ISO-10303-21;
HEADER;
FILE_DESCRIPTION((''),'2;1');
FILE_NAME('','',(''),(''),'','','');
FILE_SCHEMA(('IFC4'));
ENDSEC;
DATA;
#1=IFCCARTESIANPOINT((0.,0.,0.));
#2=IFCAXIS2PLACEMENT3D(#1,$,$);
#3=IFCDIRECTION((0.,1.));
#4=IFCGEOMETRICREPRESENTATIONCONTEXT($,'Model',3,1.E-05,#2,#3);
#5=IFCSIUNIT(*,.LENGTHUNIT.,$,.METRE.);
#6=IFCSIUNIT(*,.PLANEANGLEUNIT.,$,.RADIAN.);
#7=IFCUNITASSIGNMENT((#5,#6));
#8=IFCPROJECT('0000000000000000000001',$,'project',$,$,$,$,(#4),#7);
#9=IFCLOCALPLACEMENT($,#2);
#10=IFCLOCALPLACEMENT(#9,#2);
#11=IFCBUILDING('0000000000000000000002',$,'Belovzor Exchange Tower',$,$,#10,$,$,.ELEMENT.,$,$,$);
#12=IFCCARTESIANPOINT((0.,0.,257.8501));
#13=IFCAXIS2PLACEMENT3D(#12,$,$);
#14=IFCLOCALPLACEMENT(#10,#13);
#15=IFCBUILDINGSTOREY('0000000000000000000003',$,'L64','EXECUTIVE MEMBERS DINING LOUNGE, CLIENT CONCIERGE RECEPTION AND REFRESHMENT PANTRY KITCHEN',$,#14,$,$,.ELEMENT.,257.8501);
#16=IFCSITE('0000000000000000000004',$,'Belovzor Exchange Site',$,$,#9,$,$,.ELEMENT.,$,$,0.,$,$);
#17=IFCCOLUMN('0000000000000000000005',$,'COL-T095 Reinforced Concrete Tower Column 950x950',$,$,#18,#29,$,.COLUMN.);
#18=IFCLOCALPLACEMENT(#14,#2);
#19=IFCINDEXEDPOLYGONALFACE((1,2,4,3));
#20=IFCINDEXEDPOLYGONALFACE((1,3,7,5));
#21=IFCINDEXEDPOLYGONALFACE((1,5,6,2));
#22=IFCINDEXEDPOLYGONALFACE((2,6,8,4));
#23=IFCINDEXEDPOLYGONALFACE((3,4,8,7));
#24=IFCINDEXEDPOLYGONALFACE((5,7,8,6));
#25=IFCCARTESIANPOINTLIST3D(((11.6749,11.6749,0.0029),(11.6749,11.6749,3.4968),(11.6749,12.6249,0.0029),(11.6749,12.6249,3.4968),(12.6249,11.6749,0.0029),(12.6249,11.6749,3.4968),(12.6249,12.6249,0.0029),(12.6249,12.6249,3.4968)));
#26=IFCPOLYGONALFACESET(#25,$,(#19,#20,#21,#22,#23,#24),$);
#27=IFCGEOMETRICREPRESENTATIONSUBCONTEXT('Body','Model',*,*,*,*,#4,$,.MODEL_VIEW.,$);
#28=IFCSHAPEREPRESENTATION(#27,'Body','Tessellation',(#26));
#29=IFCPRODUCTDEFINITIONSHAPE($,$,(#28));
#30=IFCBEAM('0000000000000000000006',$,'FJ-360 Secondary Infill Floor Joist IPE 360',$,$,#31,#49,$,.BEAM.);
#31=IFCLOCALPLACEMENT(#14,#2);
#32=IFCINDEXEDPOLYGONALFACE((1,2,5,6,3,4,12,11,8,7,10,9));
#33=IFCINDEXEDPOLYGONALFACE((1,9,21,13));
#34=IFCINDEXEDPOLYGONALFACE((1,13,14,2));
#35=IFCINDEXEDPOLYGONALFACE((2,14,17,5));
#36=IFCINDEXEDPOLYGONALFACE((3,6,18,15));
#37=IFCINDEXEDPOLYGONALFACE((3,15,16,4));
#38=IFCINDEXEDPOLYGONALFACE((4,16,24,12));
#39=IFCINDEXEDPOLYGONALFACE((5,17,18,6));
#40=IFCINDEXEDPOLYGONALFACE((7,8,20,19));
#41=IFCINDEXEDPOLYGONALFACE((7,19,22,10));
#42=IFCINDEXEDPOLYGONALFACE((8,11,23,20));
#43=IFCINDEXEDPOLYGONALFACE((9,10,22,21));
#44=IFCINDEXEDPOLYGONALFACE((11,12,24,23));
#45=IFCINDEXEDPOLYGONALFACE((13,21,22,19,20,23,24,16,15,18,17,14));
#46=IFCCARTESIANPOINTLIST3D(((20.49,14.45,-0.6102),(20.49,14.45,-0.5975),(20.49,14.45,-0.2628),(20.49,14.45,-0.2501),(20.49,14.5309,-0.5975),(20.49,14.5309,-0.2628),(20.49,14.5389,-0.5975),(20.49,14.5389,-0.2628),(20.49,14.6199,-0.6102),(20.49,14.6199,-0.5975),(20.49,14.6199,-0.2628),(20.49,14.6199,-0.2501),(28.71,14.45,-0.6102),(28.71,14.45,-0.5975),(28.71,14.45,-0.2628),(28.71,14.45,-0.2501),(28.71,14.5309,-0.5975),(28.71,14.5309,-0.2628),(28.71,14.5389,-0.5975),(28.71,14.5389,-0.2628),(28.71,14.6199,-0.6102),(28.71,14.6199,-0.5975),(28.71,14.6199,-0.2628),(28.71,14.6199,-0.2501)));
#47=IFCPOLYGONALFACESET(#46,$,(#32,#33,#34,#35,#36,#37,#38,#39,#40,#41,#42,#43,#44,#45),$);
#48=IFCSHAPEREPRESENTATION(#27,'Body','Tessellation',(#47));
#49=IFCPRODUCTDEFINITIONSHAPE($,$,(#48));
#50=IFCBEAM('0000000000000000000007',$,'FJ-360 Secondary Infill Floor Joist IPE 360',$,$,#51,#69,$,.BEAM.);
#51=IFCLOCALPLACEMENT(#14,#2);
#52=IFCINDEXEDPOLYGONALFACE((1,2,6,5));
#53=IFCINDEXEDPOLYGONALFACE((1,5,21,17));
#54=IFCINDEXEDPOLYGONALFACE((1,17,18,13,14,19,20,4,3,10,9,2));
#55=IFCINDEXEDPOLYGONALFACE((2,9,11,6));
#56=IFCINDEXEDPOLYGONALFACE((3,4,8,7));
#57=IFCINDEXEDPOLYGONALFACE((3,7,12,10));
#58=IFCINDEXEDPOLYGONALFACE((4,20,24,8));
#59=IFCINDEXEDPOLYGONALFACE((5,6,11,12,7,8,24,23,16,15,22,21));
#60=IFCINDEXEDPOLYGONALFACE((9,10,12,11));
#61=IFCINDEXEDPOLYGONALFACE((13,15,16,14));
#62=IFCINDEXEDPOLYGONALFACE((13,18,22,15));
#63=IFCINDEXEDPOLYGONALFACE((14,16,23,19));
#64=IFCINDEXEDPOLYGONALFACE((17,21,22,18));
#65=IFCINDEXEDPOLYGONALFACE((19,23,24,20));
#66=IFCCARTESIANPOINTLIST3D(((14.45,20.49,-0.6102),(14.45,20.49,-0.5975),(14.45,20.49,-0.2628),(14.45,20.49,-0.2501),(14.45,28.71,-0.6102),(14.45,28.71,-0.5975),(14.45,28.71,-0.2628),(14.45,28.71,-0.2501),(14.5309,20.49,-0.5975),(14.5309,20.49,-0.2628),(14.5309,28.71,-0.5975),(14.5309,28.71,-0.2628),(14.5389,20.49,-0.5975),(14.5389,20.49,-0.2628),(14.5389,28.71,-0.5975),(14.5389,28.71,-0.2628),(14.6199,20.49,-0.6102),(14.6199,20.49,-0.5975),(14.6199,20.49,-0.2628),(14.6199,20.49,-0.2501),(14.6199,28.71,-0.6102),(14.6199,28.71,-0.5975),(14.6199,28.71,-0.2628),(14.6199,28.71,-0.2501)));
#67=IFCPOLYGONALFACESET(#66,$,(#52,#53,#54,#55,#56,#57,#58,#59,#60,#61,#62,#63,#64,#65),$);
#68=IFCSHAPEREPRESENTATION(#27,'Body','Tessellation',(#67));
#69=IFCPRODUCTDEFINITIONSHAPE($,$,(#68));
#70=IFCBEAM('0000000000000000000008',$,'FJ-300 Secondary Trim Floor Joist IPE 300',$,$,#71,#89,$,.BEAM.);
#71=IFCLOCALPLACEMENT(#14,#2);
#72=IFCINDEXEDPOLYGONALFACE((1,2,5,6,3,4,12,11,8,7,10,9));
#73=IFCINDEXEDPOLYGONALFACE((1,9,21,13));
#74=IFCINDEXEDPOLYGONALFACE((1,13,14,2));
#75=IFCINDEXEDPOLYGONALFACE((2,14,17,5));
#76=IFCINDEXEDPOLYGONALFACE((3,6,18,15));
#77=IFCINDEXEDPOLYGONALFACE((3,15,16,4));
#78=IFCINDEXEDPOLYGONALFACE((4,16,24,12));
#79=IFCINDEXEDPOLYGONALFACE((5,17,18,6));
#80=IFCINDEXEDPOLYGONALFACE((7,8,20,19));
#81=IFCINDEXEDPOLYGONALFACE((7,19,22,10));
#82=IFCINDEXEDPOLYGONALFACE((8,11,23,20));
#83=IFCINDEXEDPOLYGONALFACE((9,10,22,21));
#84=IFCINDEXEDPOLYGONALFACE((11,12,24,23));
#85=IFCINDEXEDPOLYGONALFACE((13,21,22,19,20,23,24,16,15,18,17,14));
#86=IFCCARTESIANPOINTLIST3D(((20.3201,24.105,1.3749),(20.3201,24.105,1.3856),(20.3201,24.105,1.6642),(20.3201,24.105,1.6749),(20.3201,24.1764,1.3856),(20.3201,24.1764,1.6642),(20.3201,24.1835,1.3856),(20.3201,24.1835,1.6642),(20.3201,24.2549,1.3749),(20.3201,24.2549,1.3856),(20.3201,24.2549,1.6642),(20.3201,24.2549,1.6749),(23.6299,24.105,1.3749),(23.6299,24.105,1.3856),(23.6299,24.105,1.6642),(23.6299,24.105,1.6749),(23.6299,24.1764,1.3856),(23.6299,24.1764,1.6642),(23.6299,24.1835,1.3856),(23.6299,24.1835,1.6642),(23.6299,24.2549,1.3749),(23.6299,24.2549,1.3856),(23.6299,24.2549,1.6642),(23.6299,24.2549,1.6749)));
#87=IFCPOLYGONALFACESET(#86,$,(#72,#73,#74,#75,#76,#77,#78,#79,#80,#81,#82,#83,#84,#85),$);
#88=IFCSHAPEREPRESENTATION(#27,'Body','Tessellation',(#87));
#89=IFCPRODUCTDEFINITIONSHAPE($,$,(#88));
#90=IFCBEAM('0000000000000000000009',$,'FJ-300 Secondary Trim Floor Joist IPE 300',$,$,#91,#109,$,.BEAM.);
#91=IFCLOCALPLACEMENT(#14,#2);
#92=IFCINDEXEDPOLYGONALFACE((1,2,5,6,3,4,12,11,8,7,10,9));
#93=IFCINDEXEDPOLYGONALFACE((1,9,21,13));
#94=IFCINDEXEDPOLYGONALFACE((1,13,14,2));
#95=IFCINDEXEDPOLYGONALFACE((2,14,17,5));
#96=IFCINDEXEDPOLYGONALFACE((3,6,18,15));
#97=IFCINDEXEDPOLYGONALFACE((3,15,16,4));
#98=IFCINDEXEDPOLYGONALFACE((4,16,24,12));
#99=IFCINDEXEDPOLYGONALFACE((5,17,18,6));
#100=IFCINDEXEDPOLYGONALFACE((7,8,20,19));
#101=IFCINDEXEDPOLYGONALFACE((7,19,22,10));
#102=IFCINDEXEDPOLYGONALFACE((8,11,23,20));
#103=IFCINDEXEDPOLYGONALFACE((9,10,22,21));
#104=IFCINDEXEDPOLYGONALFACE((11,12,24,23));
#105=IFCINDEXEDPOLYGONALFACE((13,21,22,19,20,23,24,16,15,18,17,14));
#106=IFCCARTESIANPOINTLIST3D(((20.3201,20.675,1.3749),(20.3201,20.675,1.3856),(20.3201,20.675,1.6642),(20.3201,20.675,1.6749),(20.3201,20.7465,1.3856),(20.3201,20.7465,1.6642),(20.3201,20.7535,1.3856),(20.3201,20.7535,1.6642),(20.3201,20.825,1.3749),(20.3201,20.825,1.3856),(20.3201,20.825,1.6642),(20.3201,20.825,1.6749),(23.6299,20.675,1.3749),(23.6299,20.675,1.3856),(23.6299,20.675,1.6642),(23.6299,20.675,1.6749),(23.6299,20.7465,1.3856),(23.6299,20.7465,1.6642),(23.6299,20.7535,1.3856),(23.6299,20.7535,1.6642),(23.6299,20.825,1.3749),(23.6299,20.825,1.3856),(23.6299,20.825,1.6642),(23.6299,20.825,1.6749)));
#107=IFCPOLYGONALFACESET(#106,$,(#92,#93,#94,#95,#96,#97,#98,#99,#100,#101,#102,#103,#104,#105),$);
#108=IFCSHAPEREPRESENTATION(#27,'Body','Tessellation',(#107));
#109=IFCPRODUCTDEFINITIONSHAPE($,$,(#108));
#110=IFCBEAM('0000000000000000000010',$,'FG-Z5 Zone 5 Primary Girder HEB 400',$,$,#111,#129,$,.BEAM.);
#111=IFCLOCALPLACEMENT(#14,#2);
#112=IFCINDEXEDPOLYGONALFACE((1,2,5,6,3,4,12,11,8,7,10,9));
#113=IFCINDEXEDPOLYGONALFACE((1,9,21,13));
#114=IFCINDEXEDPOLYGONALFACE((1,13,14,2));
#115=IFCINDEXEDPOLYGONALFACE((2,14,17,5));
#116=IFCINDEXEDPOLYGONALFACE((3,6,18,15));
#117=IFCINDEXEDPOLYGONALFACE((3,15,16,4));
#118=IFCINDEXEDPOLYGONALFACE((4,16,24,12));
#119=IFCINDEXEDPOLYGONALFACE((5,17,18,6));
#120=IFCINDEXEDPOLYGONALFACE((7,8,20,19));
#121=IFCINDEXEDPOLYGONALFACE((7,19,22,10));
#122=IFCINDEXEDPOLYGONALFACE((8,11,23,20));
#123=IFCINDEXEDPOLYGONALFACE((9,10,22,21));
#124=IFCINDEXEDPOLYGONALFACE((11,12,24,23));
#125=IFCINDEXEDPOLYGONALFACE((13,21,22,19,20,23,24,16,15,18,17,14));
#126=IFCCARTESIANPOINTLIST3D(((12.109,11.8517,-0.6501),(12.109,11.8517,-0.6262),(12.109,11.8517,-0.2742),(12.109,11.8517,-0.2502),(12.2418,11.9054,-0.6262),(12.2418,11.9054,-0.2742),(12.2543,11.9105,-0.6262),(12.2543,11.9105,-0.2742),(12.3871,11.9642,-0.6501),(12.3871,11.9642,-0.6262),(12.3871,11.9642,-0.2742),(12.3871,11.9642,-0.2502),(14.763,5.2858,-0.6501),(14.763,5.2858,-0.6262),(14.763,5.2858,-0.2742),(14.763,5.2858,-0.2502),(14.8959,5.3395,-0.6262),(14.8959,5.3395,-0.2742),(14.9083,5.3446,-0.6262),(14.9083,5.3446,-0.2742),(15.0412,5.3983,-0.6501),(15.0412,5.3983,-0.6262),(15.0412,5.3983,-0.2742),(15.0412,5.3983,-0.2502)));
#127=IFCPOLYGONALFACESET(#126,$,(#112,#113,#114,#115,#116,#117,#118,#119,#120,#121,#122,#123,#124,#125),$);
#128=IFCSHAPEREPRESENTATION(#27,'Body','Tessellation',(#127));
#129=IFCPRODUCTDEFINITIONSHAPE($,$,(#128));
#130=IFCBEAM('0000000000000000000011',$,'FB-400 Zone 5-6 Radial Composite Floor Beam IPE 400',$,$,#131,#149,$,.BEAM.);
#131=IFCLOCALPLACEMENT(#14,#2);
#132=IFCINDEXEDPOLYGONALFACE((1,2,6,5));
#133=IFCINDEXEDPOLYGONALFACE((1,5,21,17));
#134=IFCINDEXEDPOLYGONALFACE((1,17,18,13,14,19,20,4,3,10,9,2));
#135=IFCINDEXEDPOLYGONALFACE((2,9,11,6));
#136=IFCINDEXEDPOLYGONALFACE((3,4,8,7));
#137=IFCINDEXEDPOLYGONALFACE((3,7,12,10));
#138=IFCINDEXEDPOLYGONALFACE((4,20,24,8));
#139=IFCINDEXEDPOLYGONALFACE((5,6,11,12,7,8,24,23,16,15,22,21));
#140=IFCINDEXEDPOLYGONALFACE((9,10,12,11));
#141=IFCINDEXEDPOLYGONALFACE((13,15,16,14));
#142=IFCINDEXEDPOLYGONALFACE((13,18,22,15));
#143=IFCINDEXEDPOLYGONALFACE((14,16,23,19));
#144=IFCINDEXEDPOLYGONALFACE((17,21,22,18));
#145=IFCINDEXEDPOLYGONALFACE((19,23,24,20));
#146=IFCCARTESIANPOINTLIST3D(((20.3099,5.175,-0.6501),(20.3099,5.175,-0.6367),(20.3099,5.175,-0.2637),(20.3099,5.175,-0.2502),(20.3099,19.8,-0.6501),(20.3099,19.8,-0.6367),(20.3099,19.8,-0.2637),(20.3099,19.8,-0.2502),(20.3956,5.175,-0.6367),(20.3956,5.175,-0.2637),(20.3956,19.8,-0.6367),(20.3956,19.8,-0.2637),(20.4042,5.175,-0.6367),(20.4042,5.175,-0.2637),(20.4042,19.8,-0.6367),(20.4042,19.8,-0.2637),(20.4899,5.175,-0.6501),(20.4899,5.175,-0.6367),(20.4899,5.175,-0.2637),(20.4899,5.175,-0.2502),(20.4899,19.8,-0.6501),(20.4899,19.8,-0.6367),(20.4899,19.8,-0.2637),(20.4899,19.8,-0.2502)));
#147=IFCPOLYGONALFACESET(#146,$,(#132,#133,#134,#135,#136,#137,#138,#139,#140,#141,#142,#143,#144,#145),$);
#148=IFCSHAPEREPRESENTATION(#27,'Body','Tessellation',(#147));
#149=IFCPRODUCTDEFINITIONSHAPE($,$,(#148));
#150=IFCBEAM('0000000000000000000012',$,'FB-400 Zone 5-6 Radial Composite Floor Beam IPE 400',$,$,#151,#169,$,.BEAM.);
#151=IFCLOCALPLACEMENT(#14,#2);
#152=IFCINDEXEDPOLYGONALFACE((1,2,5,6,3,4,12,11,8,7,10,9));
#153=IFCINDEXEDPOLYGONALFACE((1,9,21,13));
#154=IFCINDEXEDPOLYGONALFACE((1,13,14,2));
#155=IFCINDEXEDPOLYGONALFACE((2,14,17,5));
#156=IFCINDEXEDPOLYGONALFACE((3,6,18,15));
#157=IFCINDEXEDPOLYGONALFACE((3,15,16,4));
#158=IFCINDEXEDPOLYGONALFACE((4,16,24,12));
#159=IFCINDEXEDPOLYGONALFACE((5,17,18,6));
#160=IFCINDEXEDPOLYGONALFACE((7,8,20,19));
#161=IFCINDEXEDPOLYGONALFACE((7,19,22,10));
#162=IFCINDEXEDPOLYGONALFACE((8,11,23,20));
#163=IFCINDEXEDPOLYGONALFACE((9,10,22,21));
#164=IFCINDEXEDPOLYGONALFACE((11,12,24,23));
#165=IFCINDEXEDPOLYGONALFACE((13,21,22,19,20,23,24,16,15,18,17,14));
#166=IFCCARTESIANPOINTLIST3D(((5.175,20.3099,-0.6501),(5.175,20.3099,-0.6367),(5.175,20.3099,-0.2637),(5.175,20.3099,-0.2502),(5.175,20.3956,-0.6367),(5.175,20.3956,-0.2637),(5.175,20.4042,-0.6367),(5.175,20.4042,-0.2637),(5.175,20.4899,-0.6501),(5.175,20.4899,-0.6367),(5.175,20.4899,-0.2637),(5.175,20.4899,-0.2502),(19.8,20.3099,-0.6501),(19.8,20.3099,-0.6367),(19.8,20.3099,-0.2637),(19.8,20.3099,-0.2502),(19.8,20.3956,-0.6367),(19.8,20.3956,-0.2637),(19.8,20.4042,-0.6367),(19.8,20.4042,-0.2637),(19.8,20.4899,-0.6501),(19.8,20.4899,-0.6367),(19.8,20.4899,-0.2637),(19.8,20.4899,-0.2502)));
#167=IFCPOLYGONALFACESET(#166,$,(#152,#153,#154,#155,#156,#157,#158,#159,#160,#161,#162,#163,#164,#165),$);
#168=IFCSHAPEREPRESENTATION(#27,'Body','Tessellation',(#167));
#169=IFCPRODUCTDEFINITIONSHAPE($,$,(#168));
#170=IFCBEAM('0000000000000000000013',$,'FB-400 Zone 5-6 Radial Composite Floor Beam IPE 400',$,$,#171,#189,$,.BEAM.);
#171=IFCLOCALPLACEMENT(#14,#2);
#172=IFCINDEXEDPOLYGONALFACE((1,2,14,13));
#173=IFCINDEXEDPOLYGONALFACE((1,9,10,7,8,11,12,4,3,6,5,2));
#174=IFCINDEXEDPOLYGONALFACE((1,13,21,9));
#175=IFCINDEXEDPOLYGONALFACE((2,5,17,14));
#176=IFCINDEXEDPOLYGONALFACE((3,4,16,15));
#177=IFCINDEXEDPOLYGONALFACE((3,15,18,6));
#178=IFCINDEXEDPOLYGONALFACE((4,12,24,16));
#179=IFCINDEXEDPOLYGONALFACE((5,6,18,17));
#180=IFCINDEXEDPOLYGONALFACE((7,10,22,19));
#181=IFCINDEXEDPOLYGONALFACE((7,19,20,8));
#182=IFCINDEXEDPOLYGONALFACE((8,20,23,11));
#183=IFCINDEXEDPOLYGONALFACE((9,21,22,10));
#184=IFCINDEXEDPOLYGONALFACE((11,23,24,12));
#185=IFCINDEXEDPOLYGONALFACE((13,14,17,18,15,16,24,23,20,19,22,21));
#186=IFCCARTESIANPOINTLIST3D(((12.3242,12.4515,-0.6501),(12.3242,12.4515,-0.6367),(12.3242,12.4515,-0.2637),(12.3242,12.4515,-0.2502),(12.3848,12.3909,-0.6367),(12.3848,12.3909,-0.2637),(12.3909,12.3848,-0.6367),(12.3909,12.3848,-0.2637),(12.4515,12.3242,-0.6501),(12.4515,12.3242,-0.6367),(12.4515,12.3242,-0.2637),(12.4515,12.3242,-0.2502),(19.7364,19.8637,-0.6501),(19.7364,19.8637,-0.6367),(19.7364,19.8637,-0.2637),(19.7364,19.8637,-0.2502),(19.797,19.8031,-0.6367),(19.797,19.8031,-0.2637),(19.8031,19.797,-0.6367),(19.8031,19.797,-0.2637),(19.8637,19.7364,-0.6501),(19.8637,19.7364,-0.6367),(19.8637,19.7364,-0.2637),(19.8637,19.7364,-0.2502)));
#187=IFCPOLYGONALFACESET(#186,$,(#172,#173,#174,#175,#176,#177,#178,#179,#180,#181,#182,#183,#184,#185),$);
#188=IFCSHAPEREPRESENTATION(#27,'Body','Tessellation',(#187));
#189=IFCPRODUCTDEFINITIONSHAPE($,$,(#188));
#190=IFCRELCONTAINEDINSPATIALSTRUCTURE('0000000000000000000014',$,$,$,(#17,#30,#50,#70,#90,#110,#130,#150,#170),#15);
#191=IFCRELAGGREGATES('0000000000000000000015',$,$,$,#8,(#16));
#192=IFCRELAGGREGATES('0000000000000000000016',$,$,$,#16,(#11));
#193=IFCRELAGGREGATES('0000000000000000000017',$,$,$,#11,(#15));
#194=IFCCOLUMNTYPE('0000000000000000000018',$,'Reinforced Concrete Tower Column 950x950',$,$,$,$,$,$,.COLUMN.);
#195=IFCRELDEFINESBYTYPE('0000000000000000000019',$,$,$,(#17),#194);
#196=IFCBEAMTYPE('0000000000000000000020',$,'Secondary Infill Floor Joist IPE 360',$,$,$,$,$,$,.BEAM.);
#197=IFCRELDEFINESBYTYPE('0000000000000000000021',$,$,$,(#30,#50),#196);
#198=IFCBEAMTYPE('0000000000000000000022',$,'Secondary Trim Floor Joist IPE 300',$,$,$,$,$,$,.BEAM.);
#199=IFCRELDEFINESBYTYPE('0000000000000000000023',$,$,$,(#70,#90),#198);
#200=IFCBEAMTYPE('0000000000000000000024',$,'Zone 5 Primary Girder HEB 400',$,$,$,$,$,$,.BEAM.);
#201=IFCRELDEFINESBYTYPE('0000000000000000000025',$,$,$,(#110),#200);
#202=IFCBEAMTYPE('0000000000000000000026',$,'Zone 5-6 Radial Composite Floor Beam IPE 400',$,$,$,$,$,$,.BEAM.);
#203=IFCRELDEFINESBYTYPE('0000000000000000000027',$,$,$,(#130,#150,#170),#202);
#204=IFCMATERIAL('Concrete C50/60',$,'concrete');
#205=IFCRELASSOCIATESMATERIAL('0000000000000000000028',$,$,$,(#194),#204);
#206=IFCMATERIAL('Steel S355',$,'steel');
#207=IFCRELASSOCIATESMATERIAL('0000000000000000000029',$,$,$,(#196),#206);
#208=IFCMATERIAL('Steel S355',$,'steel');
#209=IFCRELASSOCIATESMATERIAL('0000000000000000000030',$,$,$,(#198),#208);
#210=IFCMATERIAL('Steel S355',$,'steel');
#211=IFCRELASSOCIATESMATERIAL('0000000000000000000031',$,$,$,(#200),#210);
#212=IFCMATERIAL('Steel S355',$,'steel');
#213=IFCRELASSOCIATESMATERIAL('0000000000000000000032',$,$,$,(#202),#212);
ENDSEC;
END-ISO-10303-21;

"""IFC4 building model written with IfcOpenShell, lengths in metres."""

from ifc_helpers import new_model, si_unit, direction, frame, origin, origin_2d, place, context, subcontext, project, spatial, rectangle, i_section, extrude, material, material_profile, profile_set, type_object, element, save


model = new_model("IFC4")

# Units and contexts
model_context = context("Model", 3, precision=1e-05, world=origin(), true_north=direction((0.0, 1.0)))
body_context = subcontext(model_context, "Body", "Model", "MODEL_VIEW")
ifc_project = project(units=[si_unit("LENGTHUNIT", "METRE"), si_unit("PLANEANGLEUNIT", "RADIAN")], contexts=[model_context])

# Site, building, storey
site_placement = place(None, origin())
site = spatial("IfcSite", under=ifc_project, at=site_placement, Name="Belovzor Exchange Site", CompositionType="ELEMENT", RefElevation=0.0)
building_placement = place(site_placement, origin())
building = spatial("IfcBuilding", under=site, at=building_placement, Name="Belovzor Exchange Tower", CompositionType="ELEMENT")
storey_placement = place(building_placement, frame((0.0, 0.0, 257.8501)))
storey = spatial("IfcBuildingStorey", under=building, at=storey_placement, Name="L64", Description="EXECUTIVE MEMBERS DINING LOUNGE, CLIENT CONCIERGE RECEPTION AND REFRESHMENT PANTRY KITCHEN", CompositionType="ELEMENT", Elevation=257.8501)

# Column
ifc_material_1 = material(Name="Concrete C50/60", Category="concrete")
ifc_material_profile_1 = material_profile(ifc_material_1, rectangle(XDim=0.95, YDim=0.95, at=origin_2d()))
ifc_profile_set_1 = profile_set([ifc_material_profile_1], Name="Concrete C50/60")
column_type = type_object("IfcColumnType", Name="Reinforced Concrete Tower Column 950x950", PredefinedType="COLUMN", material=ifc_profile_set_1)
column_placement = place(storey_placement, frame((12.1499, 12.1499, 0.0029), z_axis=(0.0, 0.0, 1.0), x_axis=(1.0, 0.0, 0.0)))
element("IfcColumn", 1, at=column_placement, inside=storey, type_object=column_type, Name="COL-T095 Reinforced Concrete Tower Column 950x950", PredefinedType="COLUMN", context=body_context, shape_type="SweptSolid", body=[
    extrude(rectangle(XDim=0.95, YDim=0.95, at=origin_2d()), origin(), (0.0, 0.0, 1.0), 3.4939),
])

# Beams
ifc_material_2 = material(Name="Steel S355", Category="steel")
ifc_material_profile_2 = material_profile(ifc_material_2, i_section(OverallWidth=0.1699, OverallDepth=0.3601, WebThickness=0.0081, FlangeThickness=0.0127, at=origin_2d()))
ifc_profile_set_2 = profile_set([ifc_material_profile_2], Name="Steel S355")
beam_type_1 = type_object("IfcBeamType", Name="Secondary Infill Floor Joist IPE 360", PredefinedType="BEAM", material=ifc_profile_set_2)
for number, where, z_axis, x_axis, name in (
    (2, (20.49, 14.5349, -0.4302), (1.0, 0.0, 0.0), (0.0, 1.0, 0.0), "FJ-360 Secondary Infill Floor Joist IPE 360"),
    (3, (14.5349, 20.49, -0.4302), (0.0, 1.0, 0.0), (-1.0, 0.0, 0.0), "FJ-360 Secondary Infill Floor Joist IPE 360"),
):
    element("IfcBeam", number, at=place(storey_placement, frame(where, z_axis=z_axis, x_axis=x_axis)), inside=storey, type_object=beam_type_1, Name=name, PredefinedType="BEAM", context=body_context, shape_type="SweptSolid", body=[
        extrude(i_section(OverallWidth=0.1699, OverallDepth=0.3601, WebThickness=0.0081, FlangeThickness=0.0127, at=origin_2d()), origin(), (0.0, 0.0, 1.0), 8.22),
    ])
ifc_material_3 = material(Name="Steel S355", Category="steel")
ifc_material_profile_3 = material_profile(ifc_material_3, i_section(OverallWidth=0.1499, OverallDepth=0.3, WebThickness=0.0071, FlangeThickness=0.0107, at=origin_2d()))
ifc_profile_set_3 = profile_set([ifc_material_profile_3], Name="Steel S355")
beam_type_2 = type_object("IfcBeamType", Name="Secondary Trim Floor Joist IPE 300", PredefinedType="BEAM", material=ifc_profile_set_3)
for number, where, z_axis, x_axis, name in (
    (4, (20.3201, 24.1799, 1.5249), (1.0, 0.0, 0.0), (0.0, 1.0, 0.0), "FJ-300 Secondary Trim Floor Joist IPE 300"),
    (5, (20.3201, 20.75, 1.5249), (1.0, 0.0, 0.0), (0.0, 1.0, 0.0), "FJ-300 Secondary Trim Floor Joist IPE 300"),
):
    element("IfcBeam", number, at=place(storey_placement, frame(where, z_axis=z_axis, x_axis=x_axis)), inside=storey, type_object=beam_type_2, Name=name, PredefinedType="BEAM", context=body_context, shape_type="SweptSolid", body=[
        extrude(i_section(OverallWidth=0.1499, OverallDepth=0.3, WebThickness=0.0071, FlangeThickness=0.0107, at=origin_2d()), origin(), (0.0, 0.0, 1.0), 3.3098),
    ])
ifc_material_4 = material(Name="Steel S355", Category="steel")
ifc_material_profile_4 = material_profile(ifc_material_4, i_section(OverallWidth=0.3, OverallDepth=0.3999, WebThickness=0.0134, FlangeThickness=0.0239, at=origin_2d()))
ifc_profile_set_4 = profile_set([ifc_material_profile_4], Name="Steel S355")
beam_type_3 = type_object("IfcBeamType", Name="Zone 5 Primary Girder HEB 400", PredefinedType="BEAM", material=ifc_profile_set_4)
beam_1_placement = place(storey_placement, frame((12.248, 11.908, -0.4502), z_axis=(0.374758, -0.927123, 0.0), x_axis=(0.927123, 0.374758, 0.0)))
element("IfcBeam", 6, at=beam_1_placement, inside=storey, type_object=beam_type_3, Name="FG-Z5 Zone 5 Primary Girder HEB 400", PredefinedType="BEAM", context=body_context, shape_type="SweptSolid", body=[
    extrude(i_section(OverallWidth=0.3, OverallDepth=0.3999, WebThickness=0.0134, FlangeThickness=0.0239, at=origin_2d()), origin(), (0.0, 0.0, 1.0), 7.082),
])
ifc_material_5 = material(Name="Steel S355", Category="steel")
ifc_material_profile_5 = material_profile(ifc_material_5, i_section(OverallWidth=0.1799, OverallDepth=0.3999, WebThickness=0.0085, FlangeThickness=0.0134, at=origin_2d()))
ifc_profile_set_5 = profile_set([ifc_material_profile_5], Name="Steel S355")
beam_type_4 = type_object("IfcBeamType", Name="Zone 5-6 Radial Composite Floor Beam IPE 400", PredefinedType="BEAM", material=ifc_profile_set_5)
for number, where, z_axis, x_axis, name in (
    (7, (20.3999, 19.8, -0.4502), (0.0, -1.0, 0.0), (1.0, 0.0, 0.0), "FB-400 Zone 5-6 Radial Composite Floor Beam IPE 400"),
    (8, (19.8, 20.3999, -0.4502), (-1.0, 0.0, 0.0), (0.0, -1.0, 0.0), "FB-400 Zone 5-6 Radial Composite Floor Beam IPE 400"),
):
    element("IfcBeam", number, at=place(storey_placement, frame(where, z_axis=z_axis, x_axis=x_axis)), inside=storey, type_object=beam_type_4, Name=name, PredefinedType="BEAM", context=body_context, shape_type="SweptSolid", body=[
        extrude(i_section(OverallWidth=0.1799, OverallDepth=0.3999, WebThickness=0.0085, FlangeThickness=0.0134, at=origin_2d()), origin(), (0.0, 0.0, 1.0), 14.625),
    ])
beam_2_placement = place(storey_placement, frame((19.8, 19.8, -0.4502), z_axis=(-0.707107, -0.707107, 0.0), x_axis=(0.707107, -0.707107, 0.0)))
element("IfcBeam", 9, at=beam_2_placement, inside=storey, type_object=beam_type_4, Name="FB-400 Zone 5-6 Radial Composite Floor Beam IPE 400", PredefinedType="BEAM", context=body_context, shape_type="SweptSolid", body=[
    extrude(i_section(OverallWidth=0.1799, OverallDepth=0.3999, WebThickness=0.0085, FlangeThickness=0.0134, at=origin_2d()), origin(), (0.0, 0.0, 1.0), 10.4824),
])

save(model, "model.ifc")
